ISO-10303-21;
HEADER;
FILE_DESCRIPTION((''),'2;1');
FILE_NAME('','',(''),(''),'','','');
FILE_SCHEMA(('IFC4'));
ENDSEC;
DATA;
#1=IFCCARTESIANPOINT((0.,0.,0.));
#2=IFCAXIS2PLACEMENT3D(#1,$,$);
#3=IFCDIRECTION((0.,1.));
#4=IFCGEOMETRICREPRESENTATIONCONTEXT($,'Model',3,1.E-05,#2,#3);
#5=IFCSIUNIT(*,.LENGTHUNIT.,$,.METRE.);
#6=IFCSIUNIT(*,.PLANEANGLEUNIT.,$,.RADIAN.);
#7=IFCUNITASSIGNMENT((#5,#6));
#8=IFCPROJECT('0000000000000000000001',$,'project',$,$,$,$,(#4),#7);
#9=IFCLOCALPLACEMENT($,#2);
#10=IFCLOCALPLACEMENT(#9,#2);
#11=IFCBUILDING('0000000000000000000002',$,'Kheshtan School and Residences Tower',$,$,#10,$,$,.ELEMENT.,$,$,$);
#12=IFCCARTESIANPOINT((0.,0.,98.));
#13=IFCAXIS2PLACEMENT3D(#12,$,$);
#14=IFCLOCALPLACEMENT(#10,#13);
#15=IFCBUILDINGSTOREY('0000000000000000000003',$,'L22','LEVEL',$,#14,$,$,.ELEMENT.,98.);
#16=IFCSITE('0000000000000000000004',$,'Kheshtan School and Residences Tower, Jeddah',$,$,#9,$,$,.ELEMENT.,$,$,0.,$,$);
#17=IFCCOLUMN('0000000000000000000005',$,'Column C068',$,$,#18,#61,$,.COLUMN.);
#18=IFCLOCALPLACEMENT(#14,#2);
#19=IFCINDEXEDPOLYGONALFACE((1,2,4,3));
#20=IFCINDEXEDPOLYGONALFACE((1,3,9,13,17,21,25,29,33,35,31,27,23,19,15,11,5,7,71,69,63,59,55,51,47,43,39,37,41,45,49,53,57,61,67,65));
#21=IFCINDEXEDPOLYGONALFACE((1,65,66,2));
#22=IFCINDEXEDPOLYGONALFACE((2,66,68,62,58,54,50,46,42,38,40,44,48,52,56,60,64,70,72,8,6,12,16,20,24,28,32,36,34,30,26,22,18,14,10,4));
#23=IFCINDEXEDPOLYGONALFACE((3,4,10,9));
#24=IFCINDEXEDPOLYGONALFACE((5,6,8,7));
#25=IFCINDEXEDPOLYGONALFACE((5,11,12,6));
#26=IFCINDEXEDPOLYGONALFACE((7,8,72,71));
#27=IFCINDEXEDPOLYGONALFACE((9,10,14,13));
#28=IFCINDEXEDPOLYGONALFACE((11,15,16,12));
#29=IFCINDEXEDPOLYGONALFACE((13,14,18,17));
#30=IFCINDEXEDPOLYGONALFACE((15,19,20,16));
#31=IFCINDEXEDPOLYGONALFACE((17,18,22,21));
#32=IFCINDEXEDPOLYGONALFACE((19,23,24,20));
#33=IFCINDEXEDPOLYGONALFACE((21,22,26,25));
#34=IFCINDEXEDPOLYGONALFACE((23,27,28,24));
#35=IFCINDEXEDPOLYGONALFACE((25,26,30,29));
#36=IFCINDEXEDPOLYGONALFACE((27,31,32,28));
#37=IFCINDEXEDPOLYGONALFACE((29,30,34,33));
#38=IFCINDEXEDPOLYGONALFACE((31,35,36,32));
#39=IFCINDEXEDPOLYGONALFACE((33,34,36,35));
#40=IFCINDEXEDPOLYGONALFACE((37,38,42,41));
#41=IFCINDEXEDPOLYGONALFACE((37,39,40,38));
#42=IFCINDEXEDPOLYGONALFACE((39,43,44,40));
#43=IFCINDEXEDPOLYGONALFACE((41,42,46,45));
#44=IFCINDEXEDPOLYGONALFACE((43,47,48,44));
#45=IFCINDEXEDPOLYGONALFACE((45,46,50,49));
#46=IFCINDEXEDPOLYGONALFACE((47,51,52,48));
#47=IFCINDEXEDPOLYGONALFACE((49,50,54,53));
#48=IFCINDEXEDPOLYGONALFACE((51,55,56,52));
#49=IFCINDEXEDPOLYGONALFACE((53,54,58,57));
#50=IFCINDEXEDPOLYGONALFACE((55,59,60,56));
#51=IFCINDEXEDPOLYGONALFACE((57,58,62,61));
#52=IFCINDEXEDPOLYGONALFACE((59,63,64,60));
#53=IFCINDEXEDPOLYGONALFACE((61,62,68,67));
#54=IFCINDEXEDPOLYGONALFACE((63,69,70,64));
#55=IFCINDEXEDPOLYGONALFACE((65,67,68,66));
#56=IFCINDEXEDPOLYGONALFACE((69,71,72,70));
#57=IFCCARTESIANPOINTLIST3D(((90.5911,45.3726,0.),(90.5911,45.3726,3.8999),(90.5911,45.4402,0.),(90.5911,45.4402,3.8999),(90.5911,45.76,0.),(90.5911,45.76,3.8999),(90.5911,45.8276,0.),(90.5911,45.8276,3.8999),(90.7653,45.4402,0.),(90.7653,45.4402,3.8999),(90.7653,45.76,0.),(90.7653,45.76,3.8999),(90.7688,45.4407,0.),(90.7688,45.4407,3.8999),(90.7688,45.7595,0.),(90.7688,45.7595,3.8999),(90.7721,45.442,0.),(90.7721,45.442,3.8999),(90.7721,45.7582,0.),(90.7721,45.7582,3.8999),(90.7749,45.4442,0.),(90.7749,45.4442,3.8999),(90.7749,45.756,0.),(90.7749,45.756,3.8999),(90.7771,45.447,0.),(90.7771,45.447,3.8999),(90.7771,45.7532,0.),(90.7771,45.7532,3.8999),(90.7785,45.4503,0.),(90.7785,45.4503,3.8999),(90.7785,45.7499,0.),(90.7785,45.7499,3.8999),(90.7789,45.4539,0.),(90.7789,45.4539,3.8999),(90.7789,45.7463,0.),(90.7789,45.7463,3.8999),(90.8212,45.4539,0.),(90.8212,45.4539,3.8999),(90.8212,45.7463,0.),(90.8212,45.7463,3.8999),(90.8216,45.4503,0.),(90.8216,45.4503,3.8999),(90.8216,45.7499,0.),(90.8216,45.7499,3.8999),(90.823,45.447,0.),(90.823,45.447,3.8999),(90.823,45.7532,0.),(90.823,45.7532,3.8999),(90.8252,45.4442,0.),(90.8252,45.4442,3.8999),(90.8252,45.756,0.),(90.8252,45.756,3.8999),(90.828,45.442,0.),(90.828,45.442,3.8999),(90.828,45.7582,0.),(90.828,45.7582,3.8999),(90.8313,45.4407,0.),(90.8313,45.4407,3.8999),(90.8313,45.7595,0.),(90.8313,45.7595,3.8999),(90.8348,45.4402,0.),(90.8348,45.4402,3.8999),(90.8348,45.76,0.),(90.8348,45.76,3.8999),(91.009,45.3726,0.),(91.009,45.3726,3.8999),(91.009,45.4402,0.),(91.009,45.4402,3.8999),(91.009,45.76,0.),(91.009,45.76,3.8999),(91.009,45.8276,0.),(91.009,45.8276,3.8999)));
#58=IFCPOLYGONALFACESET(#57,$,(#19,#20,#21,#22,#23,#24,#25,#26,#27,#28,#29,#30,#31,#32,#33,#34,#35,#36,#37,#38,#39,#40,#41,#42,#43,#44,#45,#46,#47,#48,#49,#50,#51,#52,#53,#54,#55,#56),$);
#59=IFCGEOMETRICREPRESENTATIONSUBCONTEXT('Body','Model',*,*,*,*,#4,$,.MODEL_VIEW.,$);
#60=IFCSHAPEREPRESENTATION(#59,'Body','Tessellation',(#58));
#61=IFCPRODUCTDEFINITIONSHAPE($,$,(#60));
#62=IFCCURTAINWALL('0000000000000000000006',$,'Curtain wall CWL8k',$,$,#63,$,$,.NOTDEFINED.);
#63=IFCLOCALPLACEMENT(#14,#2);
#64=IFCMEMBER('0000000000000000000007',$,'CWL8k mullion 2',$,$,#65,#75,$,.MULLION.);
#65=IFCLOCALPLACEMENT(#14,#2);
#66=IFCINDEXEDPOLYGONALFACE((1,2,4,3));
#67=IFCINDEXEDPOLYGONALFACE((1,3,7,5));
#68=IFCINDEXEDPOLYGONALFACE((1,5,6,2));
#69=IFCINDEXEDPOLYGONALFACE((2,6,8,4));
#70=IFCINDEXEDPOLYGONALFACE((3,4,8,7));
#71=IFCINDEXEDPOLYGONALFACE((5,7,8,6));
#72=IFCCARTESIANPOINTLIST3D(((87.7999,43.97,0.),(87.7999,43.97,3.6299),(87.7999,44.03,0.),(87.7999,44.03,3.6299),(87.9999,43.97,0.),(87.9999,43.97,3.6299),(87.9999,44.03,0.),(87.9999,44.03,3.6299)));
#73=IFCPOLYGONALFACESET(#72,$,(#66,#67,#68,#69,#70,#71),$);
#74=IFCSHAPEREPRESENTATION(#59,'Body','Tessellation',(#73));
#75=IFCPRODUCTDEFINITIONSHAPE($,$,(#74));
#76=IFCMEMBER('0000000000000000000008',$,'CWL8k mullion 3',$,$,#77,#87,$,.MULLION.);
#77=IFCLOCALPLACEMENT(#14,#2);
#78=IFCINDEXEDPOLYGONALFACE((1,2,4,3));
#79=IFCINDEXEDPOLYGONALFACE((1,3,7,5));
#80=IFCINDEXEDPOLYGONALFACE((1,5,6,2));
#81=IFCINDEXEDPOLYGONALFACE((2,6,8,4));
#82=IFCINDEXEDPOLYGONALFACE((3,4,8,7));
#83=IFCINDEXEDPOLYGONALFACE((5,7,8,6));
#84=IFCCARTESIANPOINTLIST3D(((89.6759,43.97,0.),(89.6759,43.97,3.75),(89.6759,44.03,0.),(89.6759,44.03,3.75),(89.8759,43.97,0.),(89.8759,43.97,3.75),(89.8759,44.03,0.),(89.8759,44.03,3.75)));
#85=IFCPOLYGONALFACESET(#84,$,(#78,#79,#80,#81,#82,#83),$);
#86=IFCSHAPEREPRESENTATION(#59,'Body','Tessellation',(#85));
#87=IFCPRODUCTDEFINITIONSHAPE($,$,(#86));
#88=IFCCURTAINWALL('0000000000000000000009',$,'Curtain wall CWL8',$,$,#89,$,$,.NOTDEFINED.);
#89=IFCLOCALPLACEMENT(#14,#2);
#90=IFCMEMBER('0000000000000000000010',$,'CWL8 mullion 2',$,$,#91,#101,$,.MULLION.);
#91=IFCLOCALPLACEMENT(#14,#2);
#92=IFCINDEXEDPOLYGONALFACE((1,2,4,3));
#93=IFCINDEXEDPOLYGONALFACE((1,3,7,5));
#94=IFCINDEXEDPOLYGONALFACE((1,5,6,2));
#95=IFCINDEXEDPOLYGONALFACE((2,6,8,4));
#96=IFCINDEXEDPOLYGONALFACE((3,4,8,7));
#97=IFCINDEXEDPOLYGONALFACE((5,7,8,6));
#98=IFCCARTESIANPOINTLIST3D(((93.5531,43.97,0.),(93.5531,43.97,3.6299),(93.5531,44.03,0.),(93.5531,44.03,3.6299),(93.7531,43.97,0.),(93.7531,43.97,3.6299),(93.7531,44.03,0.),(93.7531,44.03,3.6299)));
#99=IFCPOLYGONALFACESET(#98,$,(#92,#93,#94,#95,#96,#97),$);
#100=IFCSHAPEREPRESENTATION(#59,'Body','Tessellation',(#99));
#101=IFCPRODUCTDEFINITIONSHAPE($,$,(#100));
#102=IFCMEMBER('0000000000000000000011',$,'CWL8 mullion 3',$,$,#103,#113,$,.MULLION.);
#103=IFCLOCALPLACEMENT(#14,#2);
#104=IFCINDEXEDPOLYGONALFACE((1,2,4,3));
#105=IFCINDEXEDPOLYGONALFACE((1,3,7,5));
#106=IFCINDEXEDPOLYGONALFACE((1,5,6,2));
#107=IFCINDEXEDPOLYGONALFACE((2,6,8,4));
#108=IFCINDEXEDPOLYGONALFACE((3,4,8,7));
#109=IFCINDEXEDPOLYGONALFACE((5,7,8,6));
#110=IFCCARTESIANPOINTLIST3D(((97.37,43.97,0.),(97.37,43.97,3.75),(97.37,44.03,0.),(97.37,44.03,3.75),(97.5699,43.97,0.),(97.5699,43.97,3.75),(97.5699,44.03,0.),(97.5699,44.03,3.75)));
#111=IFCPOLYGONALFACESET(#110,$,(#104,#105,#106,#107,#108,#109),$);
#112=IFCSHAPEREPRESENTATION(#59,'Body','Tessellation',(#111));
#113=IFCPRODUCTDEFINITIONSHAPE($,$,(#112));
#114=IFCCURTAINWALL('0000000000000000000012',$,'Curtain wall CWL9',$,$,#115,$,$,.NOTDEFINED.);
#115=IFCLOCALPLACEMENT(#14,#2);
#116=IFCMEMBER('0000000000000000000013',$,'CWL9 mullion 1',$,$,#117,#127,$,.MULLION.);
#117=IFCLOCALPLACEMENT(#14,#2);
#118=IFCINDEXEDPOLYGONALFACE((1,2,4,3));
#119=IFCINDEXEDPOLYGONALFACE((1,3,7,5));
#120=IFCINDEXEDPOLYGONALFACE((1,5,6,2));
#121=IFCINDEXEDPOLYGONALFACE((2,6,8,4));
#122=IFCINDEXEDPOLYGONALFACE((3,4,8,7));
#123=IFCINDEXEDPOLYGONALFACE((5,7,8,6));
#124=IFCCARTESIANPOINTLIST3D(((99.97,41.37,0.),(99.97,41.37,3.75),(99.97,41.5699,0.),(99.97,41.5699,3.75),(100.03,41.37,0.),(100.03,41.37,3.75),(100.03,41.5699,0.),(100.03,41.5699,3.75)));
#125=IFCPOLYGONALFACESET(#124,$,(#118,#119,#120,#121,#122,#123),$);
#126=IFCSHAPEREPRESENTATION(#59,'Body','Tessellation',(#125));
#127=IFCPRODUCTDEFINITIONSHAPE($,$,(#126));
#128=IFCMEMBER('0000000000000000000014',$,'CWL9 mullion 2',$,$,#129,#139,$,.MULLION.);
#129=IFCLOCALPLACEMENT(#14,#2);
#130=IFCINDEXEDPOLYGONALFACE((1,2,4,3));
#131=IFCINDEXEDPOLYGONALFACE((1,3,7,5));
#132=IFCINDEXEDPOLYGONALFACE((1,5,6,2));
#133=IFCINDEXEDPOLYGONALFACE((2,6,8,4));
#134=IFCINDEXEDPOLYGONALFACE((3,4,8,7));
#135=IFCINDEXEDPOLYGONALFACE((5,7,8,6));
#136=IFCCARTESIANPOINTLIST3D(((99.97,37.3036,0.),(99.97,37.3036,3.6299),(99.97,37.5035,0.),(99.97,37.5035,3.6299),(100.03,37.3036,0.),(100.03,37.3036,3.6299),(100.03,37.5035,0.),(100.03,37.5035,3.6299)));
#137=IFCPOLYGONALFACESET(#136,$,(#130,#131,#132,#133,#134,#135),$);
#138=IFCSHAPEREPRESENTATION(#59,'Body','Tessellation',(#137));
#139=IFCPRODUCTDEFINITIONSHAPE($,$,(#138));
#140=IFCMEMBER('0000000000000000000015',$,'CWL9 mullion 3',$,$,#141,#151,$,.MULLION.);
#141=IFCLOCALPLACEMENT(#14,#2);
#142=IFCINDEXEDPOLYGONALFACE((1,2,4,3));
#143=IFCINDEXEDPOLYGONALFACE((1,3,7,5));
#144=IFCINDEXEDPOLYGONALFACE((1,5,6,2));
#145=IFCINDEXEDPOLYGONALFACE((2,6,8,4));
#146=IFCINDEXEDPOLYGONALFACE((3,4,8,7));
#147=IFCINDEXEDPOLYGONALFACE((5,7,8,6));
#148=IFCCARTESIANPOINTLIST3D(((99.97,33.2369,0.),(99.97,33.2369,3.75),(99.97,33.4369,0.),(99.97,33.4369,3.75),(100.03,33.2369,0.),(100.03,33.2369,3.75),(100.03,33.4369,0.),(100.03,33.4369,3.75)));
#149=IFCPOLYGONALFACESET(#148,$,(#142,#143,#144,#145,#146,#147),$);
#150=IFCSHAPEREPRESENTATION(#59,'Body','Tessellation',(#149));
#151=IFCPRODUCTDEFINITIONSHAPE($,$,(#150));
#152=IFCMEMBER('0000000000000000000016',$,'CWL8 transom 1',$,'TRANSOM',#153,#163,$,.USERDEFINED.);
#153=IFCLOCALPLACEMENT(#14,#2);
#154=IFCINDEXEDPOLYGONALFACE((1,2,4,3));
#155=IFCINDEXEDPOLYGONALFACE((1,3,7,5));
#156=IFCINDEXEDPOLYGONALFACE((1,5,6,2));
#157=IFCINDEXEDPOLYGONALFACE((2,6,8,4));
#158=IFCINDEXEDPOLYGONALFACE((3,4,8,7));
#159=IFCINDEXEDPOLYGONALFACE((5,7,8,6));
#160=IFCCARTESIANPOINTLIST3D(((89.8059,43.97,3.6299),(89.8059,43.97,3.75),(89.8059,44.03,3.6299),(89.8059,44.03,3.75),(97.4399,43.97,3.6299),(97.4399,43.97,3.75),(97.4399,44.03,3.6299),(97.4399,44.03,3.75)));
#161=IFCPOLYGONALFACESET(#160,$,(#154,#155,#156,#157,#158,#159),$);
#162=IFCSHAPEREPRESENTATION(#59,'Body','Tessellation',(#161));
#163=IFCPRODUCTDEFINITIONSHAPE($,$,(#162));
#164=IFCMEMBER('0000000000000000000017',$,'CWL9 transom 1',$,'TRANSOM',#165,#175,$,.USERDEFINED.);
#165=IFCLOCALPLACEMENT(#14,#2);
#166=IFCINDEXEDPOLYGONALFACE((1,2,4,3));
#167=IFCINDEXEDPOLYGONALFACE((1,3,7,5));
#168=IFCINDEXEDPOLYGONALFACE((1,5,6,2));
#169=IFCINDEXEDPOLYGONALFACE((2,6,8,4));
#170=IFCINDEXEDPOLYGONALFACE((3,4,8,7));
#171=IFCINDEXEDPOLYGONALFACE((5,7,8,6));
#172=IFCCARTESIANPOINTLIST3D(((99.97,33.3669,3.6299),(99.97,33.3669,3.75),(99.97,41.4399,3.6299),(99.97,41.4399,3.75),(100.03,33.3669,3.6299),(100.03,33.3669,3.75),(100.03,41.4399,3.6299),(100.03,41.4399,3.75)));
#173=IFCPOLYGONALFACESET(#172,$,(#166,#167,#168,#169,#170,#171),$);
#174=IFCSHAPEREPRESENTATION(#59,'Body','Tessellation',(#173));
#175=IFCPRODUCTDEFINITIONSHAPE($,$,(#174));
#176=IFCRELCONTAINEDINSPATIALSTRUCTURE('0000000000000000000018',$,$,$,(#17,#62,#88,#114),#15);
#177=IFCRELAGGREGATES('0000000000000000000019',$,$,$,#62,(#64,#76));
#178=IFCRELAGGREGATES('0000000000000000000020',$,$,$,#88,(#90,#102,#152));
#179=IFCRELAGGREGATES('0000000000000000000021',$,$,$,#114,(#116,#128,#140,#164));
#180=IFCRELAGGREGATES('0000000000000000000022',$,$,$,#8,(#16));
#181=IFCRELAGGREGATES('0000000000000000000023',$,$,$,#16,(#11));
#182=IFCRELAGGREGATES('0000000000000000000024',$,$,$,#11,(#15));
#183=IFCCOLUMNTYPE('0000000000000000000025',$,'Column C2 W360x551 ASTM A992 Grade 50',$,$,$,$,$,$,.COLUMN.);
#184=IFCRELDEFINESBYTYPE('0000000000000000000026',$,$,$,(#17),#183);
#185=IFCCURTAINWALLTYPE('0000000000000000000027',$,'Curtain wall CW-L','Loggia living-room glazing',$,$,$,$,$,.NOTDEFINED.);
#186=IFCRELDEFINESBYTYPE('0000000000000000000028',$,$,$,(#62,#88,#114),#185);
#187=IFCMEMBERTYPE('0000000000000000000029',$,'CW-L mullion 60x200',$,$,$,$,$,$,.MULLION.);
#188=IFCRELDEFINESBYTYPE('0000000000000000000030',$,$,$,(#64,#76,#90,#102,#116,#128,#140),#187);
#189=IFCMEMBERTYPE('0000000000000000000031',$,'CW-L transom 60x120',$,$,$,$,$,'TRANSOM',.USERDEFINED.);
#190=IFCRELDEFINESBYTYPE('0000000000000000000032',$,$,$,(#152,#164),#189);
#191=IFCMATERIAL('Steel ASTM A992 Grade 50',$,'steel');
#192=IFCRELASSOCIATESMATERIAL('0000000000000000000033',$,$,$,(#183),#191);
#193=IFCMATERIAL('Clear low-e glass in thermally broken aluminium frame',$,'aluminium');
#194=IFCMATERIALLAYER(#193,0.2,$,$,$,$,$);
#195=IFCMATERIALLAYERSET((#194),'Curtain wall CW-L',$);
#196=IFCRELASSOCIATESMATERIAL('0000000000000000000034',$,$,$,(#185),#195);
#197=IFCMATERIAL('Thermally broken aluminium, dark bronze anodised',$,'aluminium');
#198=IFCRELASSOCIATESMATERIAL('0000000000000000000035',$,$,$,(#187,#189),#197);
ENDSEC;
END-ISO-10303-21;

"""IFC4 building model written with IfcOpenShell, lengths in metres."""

from ifc_helpers import new_model, si_unit, direction, frame, origin, origin_2d, place, context, subcontext, project, spatial, rectangle, i_section, extrude, material, layer, layer_set, material_profile, profile_set, type_object, element, aggregate, save


model = new_model("IFC4")

# Units and contexts
model_context = context("Model", 3, precision=1e-05, world=origin(), true_north=direction((0.0, 1.0)))
body_context = subcontext(model_context, "Body", "Model", "MODEL_VIEW")
ifc_project = project(units=[si_unit("LENGTHUNIT", "METRE"), si_unit("PLANEANGLEUNIT", "RADIAN")], contexts=[model_context])

# Site, building, storey
site_placement = place(None, origin())
site = spatial("IfcSite", under=ifc_project, at=site_placement, Name="Kheshtan School and Residences Tower, Jeddah", CompositionType="ELEMENT", RefElevation=0.0)
building_placement = place(site_placement, origin())
building = spatial("IfcBuilding", under=site, at=building_placement, Name="Kheshtan School and Residences Tower", CompositionType="ELEMENT")
storey_placement = place(building_placement, frame((0.0, 0.0, 98.0)))
storey = spatial("IfcBuildingStorey", under=building, at=storey_placement, Name="L22", Description="LEVEL", CompositionType="ELEMENT", Elevation=98.0)

# Column
ifc_material_1 = material(Name="Steel ASTM A992 Grade 50", Category="steel")
ifc_material_profile_1 = material_profile(ifc_material_1, i_section(OverallWidth=0.418, OverallDepth=0.4551, WebThickness=0.0422, FlangeThickness=0.0676, FilletRadius=0.0137, at=origin_2d()), Name="W360x551")
ifc_profile_set_1 = profile_set([ifc_material_profile_1], Name="Steel ASTM A992 Grade 50")
column_type = type_object("IfcColumnType", Name="Column C2 W360x551 ASTM A992 Grade 50", PredefinedType="COLUMN", material=ifc_profile_set_1)
column_placement = place(storey_placement, frame((90.8, 45.6001, 0.0), z_axis=(0.0, 0.0, 1.0), x_axis=(1.0, 0.0, 0.0)))
element("IfcColumn", 1, at=column_placement, inside=storey, type_object=column_type, Name="Column C068", PredefinedType="COLUMN", context=body_context, shape_type="SweptSolid", body=[
    extrude(i_section(OverallWidth=0.418, OverallDepth=0.4551, WebThickness=0.0422, FlangeThickness=0.0676, FilletRadius=0.0137, at=origin_2d()), origin(), (0.0, 0.0, 1.0), 3.8999),
])

# Curtain walls, members
ifc_material_2 = material(Name="Clear low-e glass in thermally broken aluminium frame", Category="aluminium")
ifc_layer_1 = layer(ifc_material_2, 0.2)
ifc_layer_set_1 = layer_set([ifc_layer_1], Name="Curtain wall CW-L")
curtain_wall_type = type_object("IfcCurtainWallType", Name="Curtain wall CW-L", Description="Loggia living-room glazing", PredefinedType="NOTDEFINED", material=ifc_layer_set_1)
curtain_wall_1_placement = place(storey_placement, origin())
curtain_wall_1 = element("IfcCurtainWall", 2, at=curtain_wall_1_placement, inside=storey, type_object=curtain_wall_type, Name="Curtain wall CWL8k", PredefinedType="NOTDEFINED")
ifc_material_3 = material(Name="Thermally broken aluminium, dark bronze anodised", Category="aluminium")
ifc_material_profile_2 = material_profile(ifc_material_3, rectangle(XDim=0.0601, YDim=0.2, at=origin_2d()), Name="CW-L mullion 60x200")
ifc_profile_set_2 = profile_set([ifc_material_profile_2], Name="Thermally broken aluminium, dark bronze anodised")
member_type_1 = type_object("IfcMemberType", Name="CW-L mullion 60x200", PredefinedType="MULLION", material=ifc_profile_set_2)
member_1_placement = place(storey_placement, frame((87.8999, 44.0, 0.0), z_axis=(0.0, 0.0, 1.0), x_axis=(0.0, 1.0, 0.0)))
member_1 = element("IfcMember", 3, at=member_1_placement, type_object=member_type_1, Name="CWL8k mullion 2", PredefinedType="MULLION", context=body_context, shape_type="SweptSolid", body=[
    extrude(rectangle(XDim=0.0601, YDim=0.2, at=origin_2d()), origin(), (0.0, 0.0, 1.0), 3.6299),
])
member_2_placement = place(storey_placement, frame((89.7759, 44.0, 0.0), z_axis=(0.0, 0.0, 1.0), x_axis=(0.0, 1.0, 0.0)))
member_2 = element("IfcMember", 4, at=member_2_placement, type_object=member_type_1, Name="CWL8k mullion 3", PredefinedType="MULLION", context=body_context, shape_type="SweptSolid", body=[
    extrude(rectangle(XDim=0.0601, YDim=0.2, at=origin_2d()), origin(), (0.0, 0.0, 1.0), 3.75),
])
curtain_wall_2_placement = place(storey_placement, origin())
curtain_wall_2 = element("IfcCurtainWall", 5, at=curtain_wall_2_placement, inside=storey, type_object=curtain_wall_type, Name="Curtain wall CWL8", PredefinedType="NOTDEFINED")
member_3_placement = place(storey_placement, frame((93.6531, 44.0, 0.0), z_axis=(0.0, 0.0, 1.0), x_axis=(0.0, 1.0, 0.0)))
member_3 = element("IfcMember", 6, at=member_3_placement, type_object=member_type_1, Name="CWL8 mullion 2", PredefinedType="MULLION", context=body_context, shape_type="SweptSolid", body=[
    extrude(rectangle(XDim=0.0601, YDim=0.2, at=origin_2d()), origin(), (0.0, 0.0, 1.0), 3.6299),
])
member_4_placement = place(storey_placement, frame((97.47, 44.0, 0.0), z_axis=(0.0, 0.0, 1.0), x_axis=(0.0, 1.0, 0.0)))
member_4 = element("IfcMember", 7, at=member_4_placement, type_object=member_type_1, Name="CWL8 mullion 3", PredefinedType="MULLION", context=body_context, shape_type="SweptSolid", body=[
    extrude(rectangle(XDim=0.0601, YDim=0.2, at=origin_2d()), origin(), (0.0, 0.0, 1.0), 3.75),
])
curtain_wall_3_placement = place(storey_placement, origin())
curtain_wall_3 = element("IfcCurtainWall", 8, at=curtain_wall_3_placement, inside=storey, type_object=curtain_wall_type, Name="Curtain wall CWL9", PredefinedType="NOTDEFINED")
member_5_placement = place(storey_placement, frame((100.0, 41.47, 0.0), z_axis=(0.0, 0.0, 1.0), x_axis=(1.0, 0.0, 0.0)))
member_5 = element("IfcMember", 9, at=member_5_placement, type_object=member_type_1, Name="CWL9 mullion 1", PredefinedType="MULLION", context=body_context, shape_type="SweptSolid", body=[
    extrude(rectangle(XDim=0.0601, YDim=0.2, at=origin_2d()), origin(), (0.0, 0.0, 1.0), 3.75),
])
member_6_placement = place(storey_placement, frame((100.0, 37.4036, 0.0), z_axis=(0.0, 0.0, 1.0), x_axis=(1.0, 0.0, 0.0)))
member_6 = element("IfcMember", 10, at=member_6_placement, type_object=member_type_1, Name="CWL9 mullion 2", PredefinedType="MULLION", context=body_context, shape_type="SweptSolid", body=[
    extrude(rectangle(XDim=0.0601, YDim=0.2, at=origin_2d()), origin(), (0.0, 0.0, 1.0), 3.6299),
])
member_7_placement = place(storey_placement, frame((100.0, 33.3369, 0.0), z_axis=(0.0, 0.0, 1.0), x_axis=(1.0, 0.0, 0.0)))
member_7 = element("IfcMember", 11, at=member_7_placement, type_object=member_type_1, Name="CWL9 mullion 3", PredefinedType="MULLION", context=body_context, shape_type="SweptSolid", body=[
    extrude(rectangle(XDim=0.0601, YDim=0.2, at=origin_2d()), origin(), (0.0, 0.0, 1.0), 3.75),
])

# Members
ifc_material_profile_3 = material_profile(ifc_material_3, rectangle(XDim=0.0601, YDim=0.1201, at=origin_2d()), Name="CW-L transom 60x120")
ifc_profile_set_3 = profile_set([ifc_material_profile_3], Name="Thermally broken aluminium, dark bronze anodised")
member_type_2 = type_object("IfcMemberType", Name="CW-L transom 60x120", ElementType="TRANSOM", PredefinedType="USERDEFINED", material=ifc_profile_set_3)
member_8_placement = place(storey_placement, frame((89.8059, 44.0, 3.6899), z_axis=(1.0, 0.0, 0.0), x_axis=(0.0, 1.0, 0.0)))
member_8 = element("IfcMember", 12, at=member_8_placement, type_object=member_type_2, Name="CWL8 transom 1", ObjectType="TRANSOM", PredefinedType="USERDEFINED", context=body_context, shape_type="SweptSolid", body=[
    extrude(rectangle(XDim=0.0601, YDim=0.1201, at=origin_2d()), origin(), (0.0, 0.0, 1.0), 7.634),
])
member_9_placement = place(storey_placement, frame((100.0, 41.4399, 3.6899), z_axis=(0.0, -1.0, 0.0), x_axis=(1.0, 0.0, 0.0)))
member_9 = element("IfcMember", 13, at=member_9_placement, type_object=member_type_2, Name="CWL9 transom 1", ObjectType="TRANSOM", PredefinedType="USERDEFINED", context=body_context, shape_type="SweptSolid", body=[
    extrude(rectangle(XDim=0.0601, YDim=0.1201, at=origin_2d()), origin(), (0.0, 0.0, 1.0), 8.073),
])

aggregate(curtain_wall_1, [member_1, member_2])
aggregate(curtain_wall_2, [member_3, member_4, member_8])
aggregate(curtain_wall_3, [member_5, member_6, member_7, member_9])

save(model, "model.ifc")
